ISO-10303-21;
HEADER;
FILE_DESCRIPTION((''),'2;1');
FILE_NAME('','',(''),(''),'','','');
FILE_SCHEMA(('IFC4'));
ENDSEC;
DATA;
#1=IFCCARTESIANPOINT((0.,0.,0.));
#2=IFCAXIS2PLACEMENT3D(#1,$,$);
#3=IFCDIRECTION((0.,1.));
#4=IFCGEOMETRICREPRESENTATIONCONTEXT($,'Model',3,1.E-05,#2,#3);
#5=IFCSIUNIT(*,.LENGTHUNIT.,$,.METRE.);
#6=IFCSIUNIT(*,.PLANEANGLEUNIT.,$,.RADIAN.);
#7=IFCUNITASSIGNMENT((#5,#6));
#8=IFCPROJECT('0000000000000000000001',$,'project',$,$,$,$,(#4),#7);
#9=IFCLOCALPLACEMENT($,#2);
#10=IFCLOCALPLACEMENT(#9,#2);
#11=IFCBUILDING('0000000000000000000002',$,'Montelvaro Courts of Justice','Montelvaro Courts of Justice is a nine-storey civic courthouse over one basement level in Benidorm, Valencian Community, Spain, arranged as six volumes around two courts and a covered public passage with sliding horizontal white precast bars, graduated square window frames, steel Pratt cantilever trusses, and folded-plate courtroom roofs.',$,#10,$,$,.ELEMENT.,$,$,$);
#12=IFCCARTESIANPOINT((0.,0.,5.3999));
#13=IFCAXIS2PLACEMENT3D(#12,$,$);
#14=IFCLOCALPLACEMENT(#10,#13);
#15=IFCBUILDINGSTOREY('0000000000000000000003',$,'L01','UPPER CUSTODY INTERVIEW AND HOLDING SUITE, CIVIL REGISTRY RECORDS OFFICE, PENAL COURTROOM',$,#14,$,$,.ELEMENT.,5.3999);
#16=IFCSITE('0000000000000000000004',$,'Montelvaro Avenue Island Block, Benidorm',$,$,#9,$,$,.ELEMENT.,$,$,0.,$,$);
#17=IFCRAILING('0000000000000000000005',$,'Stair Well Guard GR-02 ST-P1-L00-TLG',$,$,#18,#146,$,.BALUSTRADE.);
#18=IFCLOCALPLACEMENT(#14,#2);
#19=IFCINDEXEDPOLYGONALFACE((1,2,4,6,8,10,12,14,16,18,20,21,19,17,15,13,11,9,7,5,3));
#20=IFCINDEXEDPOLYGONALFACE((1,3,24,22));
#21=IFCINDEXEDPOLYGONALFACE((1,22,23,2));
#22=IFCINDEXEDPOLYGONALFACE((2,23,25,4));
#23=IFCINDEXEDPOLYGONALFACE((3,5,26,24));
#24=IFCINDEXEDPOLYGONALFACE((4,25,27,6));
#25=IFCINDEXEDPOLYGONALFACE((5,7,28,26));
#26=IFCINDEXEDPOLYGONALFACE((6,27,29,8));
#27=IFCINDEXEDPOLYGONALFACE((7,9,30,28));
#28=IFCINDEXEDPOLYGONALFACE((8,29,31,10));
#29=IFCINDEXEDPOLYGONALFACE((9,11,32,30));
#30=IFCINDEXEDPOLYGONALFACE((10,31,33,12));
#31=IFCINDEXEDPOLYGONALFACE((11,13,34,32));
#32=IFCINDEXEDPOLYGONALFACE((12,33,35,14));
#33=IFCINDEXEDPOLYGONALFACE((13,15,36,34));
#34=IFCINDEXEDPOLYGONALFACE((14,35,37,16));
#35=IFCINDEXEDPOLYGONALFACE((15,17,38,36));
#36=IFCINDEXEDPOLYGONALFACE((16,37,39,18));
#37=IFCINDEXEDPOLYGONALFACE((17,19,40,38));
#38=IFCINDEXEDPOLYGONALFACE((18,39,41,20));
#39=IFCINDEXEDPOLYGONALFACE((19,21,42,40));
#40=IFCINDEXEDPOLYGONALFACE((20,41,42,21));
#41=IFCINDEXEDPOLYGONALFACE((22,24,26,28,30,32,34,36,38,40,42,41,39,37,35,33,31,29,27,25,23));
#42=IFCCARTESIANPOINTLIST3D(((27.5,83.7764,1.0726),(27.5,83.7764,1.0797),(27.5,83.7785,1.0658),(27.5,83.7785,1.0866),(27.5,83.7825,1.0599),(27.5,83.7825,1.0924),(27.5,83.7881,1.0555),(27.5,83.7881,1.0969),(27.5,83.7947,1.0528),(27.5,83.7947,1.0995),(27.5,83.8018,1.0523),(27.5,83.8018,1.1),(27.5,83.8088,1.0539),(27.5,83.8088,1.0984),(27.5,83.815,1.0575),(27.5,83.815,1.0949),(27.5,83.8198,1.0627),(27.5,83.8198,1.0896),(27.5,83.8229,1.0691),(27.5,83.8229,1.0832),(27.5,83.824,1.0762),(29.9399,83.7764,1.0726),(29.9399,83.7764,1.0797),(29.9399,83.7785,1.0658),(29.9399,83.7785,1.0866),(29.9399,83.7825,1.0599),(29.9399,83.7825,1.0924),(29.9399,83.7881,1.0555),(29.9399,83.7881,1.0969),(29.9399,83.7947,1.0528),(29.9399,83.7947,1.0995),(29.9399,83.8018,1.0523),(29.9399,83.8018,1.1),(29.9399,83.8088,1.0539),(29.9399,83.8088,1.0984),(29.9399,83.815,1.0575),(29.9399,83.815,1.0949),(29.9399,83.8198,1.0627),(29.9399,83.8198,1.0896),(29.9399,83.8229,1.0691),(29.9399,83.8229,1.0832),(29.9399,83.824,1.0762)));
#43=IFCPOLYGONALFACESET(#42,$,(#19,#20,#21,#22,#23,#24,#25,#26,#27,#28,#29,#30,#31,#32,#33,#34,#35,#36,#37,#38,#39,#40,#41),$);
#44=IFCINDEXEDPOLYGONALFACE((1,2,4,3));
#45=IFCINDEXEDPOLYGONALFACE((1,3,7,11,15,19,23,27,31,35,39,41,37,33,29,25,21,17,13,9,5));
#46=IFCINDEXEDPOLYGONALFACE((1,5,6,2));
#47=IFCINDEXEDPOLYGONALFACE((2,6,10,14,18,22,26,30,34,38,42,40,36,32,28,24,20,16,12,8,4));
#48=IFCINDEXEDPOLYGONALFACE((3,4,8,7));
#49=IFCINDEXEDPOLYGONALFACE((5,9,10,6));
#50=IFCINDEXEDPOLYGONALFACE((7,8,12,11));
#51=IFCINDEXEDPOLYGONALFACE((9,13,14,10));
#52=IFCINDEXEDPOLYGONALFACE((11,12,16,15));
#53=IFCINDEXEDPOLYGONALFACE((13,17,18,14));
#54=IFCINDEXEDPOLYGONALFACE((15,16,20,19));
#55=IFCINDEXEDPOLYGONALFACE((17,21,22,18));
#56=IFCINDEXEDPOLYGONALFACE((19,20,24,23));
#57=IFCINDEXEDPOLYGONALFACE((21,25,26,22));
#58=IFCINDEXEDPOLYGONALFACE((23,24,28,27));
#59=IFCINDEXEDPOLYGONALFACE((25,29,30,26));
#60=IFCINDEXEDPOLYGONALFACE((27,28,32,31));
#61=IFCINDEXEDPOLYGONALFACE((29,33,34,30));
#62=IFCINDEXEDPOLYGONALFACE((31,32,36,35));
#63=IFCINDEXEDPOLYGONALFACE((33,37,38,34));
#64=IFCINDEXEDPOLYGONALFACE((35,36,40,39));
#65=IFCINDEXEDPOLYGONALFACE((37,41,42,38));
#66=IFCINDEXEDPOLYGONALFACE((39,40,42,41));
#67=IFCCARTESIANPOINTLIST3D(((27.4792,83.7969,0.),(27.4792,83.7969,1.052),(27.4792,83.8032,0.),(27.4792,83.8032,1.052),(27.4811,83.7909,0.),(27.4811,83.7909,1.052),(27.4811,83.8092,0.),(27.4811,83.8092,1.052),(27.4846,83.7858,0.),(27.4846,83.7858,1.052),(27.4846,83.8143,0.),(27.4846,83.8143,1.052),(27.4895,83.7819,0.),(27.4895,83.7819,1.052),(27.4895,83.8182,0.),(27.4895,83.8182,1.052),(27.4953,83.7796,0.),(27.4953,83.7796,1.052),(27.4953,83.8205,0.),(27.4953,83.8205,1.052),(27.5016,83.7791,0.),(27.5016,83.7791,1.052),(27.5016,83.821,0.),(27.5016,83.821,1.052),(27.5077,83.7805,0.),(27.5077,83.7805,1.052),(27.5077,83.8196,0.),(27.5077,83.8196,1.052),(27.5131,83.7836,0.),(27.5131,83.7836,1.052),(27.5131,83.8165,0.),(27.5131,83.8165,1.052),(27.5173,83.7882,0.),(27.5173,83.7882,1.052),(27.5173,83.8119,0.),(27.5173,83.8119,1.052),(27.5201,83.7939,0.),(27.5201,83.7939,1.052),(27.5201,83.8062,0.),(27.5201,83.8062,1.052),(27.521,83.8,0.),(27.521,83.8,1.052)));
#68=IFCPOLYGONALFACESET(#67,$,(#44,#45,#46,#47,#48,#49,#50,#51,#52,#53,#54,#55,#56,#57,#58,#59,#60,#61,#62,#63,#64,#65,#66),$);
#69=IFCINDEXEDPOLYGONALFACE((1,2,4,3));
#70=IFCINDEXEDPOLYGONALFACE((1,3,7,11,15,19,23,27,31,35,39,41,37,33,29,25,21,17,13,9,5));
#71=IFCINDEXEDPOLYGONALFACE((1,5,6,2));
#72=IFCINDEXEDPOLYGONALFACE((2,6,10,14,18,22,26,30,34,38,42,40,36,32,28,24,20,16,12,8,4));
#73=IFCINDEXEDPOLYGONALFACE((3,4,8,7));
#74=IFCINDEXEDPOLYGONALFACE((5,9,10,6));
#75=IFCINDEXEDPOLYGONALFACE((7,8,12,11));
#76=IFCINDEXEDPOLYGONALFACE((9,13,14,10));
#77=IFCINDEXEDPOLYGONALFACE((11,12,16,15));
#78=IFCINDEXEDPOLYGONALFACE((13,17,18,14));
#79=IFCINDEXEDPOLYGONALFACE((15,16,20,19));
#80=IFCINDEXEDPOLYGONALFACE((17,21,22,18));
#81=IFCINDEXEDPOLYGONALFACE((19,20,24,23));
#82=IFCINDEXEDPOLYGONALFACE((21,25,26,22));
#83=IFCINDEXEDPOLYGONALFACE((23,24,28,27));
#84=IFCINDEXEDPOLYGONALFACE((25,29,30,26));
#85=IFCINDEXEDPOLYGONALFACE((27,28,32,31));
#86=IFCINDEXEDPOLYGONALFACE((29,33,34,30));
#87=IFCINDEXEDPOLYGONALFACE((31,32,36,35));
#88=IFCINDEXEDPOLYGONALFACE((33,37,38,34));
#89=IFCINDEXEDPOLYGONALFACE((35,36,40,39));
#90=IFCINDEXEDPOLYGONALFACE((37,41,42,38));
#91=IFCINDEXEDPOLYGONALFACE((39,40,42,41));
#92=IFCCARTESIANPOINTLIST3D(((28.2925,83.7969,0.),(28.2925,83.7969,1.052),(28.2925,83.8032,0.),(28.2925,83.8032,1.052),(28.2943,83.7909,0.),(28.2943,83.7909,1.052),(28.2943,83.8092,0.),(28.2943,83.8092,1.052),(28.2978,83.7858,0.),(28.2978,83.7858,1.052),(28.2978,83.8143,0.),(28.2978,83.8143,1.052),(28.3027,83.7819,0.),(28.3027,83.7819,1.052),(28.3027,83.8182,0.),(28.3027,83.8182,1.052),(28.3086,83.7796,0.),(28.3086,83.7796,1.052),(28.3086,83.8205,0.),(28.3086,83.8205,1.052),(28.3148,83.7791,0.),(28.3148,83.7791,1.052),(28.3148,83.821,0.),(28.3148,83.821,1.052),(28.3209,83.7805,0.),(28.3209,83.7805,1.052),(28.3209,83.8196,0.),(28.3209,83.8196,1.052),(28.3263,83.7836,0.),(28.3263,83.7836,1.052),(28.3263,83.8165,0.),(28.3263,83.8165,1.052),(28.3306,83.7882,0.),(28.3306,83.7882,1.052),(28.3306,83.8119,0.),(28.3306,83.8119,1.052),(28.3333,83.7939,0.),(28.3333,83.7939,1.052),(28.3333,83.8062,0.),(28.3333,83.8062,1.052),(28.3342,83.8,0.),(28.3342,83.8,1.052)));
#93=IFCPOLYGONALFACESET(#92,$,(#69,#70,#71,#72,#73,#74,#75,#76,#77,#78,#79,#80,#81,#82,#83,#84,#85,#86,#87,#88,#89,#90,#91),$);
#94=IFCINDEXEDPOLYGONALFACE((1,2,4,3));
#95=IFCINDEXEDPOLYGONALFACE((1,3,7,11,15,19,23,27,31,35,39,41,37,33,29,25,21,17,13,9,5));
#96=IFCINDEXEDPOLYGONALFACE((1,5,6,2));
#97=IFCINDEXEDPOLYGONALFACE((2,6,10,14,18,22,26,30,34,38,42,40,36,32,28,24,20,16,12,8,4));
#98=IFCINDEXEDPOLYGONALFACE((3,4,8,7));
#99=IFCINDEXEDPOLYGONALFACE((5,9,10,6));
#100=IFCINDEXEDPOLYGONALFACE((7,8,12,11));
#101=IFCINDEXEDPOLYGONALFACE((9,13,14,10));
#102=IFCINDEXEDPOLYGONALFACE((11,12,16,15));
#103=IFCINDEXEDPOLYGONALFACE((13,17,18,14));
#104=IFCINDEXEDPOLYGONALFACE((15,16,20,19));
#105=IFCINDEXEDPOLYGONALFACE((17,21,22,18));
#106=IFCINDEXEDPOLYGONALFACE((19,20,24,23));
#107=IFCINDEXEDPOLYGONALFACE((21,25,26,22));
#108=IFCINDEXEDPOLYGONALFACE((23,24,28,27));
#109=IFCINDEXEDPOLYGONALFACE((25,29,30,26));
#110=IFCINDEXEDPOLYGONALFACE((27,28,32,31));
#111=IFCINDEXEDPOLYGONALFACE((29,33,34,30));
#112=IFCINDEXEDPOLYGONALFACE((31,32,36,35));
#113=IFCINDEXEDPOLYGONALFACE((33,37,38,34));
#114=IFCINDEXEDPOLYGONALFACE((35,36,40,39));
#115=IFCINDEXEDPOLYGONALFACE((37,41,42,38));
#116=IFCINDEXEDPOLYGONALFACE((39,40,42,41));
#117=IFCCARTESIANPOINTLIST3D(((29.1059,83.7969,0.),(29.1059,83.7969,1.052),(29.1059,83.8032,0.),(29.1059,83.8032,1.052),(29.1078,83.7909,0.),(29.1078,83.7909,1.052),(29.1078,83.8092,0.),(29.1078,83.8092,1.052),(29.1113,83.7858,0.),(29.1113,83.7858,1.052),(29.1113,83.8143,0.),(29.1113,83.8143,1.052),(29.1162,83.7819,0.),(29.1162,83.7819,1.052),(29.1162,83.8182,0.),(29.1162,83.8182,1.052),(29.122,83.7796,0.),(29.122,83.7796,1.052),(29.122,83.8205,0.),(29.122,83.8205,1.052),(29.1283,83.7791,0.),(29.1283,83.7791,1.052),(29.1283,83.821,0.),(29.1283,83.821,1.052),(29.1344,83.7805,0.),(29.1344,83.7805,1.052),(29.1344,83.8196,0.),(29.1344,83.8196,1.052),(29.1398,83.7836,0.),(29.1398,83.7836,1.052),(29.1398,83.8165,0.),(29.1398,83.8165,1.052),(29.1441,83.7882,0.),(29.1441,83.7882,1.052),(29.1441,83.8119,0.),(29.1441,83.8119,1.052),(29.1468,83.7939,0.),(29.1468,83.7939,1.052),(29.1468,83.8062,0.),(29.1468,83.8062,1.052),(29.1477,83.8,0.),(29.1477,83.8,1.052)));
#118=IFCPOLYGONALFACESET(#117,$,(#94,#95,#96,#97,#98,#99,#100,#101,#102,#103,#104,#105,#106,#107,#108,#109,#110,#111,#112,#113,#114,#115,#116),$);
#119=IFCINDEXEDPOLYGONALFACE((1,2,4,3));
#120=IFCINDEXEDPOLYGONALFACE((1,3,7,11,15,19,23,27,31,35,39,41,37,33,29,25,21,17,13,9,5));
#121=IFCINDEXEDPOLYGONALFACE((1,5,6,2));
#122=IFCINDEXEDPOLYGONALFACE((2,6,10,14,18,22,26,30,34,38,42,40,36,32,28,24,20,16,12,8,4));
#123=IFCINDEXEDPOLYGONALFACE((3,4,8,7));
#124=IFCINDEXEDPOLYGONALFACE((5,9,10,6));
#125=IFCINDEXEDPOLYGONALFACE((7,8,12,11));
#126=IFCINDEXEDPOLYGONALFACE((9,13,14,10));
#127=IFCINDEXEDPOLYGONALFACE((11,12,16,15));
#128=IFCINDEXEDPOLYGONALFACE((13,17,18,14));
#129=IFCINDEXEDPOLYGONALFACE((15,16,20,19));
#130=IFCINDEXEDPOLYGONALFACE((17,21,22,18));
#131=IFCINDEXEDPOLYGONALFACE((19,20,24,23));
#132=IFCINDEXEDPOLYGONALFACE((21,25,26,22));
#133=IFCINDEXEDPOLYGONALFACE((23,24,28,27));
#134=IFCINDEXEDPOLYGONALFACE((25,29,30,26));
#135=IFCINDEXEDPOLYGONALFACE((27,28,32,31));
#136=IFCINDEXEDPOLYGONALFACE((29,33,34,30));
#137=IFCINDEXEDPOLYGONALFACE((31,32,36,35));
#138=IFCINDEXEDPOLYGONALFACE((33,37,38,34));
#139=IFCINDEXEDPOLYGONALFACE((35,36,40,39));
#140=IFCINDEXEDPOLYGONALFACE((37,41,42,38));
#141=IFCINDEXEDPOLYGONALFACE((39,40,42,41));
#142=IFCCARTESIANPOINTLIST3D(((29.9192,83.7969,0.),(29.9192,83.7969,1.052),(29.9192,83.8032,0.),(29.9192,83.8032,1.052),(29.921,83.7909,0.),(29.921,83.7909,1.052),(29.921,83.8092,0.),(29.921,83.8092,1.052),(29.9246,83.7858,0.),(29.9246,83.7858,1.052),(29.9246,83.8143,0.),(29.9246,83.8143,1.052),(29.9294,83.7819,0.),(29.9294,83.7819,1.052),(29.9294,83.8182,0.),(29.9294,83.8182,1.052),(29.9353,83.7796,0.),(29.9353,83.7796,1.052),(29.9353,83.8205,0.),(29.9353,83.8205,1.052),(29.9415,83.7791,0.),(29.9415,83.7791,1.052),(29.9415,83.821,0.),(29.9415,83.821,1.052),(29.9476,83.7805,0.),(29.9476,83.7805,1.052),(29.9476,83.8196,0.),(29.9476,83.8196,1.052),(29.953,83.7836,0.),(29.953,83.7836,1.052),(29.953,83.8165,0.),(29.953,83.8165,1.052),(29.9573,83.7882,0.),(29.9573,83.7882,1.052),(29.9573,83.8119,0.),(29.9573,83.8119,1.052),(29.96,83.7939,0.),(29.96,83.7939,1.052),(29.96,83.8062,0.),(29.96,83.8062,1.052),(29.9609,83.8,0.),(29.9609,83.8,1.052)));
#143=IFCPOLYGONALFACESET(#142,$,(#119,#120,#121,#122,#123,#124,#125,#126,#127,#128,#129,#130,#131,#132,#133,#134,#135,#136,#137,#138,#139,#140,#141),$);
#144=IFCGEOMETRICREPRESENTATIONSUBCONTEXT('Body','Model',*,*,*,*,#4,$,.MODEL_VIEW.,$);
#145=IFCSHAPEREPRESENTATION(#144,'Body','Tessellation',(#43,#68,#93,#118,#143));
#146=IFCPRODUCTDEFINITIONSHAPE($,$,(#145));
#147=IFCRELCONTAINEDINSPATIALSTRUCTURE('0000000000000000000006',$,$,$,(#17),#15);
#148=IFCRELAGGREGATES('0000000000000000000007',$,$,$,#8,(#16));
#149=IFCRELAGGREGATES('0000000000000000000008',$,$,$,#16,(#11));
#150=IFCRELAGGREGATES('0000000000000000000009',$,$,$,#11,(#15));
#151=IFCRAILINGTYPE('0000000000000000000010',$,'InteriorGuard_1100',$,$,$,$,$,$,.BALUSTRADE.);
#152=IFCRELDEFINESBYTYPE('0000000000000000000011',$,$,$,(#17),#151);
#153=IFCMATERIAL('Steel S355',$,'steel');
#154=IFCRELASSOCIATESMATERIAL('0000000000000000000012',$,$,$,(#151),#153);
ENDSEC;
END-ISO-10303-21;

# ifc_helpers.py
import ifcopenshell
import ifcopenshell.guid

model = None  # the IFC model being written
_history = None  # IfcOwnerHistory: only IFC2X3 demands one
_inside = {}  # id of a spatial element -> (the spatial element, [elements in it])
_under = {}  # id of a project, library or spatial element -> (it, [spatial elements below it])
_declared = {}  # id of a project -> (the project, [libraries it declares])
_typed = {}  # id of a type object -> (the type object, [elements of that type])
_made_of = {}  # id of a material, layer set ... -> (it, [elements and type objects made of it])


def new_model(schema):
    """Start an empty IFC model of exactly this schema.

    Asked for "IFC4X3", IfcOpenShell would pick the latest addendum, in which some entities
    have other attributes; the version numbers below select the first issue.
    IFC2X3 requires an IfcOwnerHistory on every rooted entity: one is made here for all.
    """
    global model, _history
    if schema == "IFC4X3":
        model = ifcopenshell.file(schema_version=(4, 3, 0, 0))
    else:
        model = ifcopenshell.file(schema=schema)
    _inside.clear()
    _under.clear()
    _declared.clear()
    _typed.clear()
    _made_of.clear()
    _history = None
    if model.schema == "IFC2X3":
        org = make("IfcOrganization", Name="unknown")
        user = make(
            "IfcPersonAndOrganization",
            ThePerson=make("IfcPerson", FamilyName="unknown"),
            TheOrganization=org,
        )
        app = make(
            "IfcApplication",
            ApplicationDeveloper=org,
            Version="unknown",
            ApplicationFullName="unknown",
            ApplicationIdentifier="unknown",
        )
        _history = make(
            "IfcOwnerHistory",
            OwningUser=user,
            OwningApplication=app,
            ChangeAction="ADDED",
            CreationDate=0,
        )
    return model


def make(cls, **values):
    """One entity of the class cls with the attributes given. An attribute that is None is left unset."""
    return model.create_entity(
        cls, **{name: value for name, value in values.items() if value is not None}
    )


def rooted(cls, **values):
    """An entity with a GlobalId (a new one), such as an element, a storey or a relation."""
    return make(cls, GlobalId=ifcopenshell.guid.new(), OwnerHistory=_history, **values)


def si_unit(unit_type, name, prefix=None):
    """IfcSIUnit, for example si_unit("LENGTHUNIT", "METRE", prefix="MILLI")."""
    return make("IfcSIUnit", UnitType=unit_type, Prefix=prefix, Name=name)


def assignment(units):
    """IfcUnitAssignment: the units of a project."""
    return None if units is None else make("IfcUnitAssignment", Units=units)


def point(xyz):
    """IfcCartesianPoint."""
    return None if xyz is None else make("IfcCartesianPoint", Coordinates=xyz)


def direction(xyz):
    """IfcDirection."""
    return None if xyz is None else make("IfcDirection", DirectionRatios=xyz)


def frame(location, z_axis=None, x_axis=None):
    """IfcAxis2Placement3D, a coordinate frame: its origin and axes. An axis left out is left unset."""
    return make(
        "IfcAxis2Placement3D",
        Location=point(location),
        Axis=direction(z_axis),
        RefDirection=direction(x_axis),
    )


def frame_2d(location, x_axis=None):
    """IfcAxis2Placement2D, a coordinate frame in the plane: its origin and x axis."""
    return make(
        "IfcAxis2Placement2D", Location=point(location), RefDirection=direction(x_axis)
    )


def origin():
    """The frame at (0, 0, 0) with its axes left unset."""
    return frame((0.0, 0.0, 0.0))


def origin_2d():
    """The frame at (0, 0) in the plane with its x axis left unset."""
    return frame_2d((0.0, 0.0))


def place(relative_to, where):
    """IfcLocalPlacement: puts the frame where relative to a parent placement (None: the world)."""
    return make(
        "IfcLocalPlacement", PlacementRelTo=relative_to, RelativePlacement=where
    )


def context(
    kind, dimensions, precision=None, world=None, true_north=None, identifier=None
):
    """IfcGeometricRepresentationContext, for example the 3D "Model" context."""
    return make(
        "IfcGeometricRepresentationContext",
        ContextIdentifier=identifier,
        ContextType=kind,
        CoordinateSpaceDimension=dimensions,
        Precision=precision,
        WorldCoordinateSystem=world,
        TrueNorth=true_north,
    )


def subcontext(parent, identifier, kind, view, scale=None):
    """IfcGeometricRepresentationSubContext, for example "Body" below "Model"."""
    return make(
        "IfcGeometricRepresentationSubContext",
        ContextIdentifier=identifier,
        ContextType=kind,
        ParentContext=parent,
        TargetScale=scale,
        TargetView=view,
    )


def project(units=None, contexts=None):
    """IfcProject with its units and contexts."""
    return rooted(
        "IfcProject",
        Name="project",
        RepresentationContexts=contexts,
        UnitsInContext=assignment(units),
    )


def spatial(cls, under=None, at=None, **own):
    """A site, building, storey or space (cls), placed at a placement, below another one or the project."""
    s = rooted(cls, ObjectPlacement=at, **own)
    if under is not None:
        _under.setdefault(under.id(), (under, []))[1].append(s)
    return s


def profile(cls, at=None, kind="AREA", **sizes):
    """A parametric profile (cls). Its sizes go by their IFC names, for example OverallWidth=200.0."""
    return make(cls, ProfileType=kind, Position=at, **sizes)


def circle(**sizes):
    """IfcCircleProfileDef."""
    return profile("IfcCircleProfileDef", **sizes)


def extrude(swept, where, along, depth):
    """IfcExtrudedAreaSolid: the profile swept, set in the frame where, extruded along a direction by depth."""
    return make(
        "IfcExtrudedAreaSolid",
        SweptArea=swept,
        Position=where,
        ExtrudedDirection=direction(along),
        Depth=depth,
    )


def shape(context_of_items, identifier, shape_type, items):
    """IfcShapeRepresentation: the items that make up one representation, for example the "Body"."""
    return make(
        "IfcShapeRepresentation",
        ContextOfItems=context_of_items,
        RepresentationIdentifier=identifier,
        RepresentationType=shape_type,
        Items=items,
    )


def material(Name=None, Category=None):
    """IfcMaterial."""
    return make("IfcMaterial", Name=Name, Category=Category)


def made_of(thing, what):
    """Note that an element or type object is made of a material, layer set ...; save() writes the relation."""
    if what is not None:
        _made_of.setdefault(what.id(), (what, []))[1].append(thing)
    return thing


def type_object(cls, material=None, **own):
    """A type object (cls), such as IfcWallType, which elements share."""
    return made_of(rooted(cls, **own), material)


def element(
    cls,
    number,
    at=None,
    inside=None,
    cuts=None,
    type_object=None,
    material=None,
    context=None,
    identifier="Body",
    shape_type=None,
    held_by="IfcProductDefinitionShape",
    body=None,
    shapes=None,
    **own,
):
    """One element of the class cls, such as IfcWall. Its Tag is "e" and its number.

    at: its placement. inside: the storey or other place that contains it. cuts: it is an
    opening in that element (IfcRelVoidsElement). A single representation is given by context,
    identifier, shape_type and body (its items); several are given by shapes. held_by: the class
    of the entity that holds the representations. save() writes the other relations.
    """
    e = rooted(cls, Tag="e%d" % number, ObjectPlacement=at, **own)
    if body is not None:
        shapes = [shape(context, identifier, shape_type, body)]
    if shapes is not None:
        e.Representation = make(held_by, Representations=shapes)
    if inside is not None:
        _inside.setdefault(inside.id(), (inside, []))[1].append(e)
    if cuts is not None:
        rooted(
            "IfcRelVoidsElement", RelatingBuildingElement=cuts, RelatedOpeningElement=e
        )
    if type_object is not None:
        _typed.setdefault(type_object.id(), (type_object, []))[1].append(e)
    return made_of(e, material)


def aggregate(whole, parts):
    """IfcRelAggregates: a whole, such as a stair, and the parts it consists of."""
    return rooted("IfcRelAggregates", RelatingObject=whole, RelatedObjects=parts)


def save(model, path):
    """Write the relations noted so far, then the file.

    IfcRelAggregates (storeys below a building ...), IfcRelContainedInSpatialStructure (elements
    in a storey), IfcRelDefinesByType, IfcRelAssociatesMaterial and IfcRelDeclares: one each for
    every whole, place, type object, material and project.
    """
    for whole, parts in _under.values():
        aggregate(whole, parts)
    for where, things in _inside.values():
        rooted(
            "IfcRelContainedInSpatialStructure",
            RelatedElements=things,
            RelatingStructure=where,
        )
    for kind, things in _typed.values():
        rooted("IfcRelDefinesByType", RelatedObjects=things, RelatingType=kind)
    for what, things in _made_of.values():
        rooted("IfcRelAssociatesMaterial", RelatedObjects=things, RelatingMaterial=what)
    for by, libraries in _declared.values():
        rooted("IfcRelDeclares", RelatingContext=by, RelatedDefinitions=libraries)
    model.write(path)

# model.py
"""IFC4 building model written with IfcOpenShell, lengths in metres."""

from ifc_helpers import new_model, si_unit, direction, frame, origin, origin_2d, place, context, subcontext, project, spatial, circle, extrude, material, type_object, element, save


model = new_model("IFC4")

# Units and contexts
model_context = context("Model", 3, precision=1e-05, world=origin(), true_north=direction((0.0, 1.0)))
body_context = subcontext(model_context, "Body", "Model", "MODEL_VIEW")
ifc_project = project(units=[si_unit("LENGTHUNIT", "METRE"), si_unit("PLANEANGLEUNIT", "RADIAN")], contexts=[model_context])

# Site, building, storey
site_placement = place(None, origin())
site = spatial("IfcSite", under=ifc_project, at=site_placement, Name="Montelvaro Avenue Island Block, Benidorm", CompositionType="ELEMENT", RefElevation=0.0)
building_placement = place(site_placement, origin())
building = spatial("IfcBuilding", under=site, at=building_placement, Name="Montelvaro Courts of Justice", Description="Montelvaro Courts of Justice is a nine-storey civic courthouse over one basement level in Benidorm, Valencian Community, Spain, arranged as six volumes around two courts and a covered public passage with sliding horizontal white precast bars, graduated square window frames, steel Pratt cantilever trusses, and folded-plate courtroom roofs.", CompositionType="ELEMENT")
storey_placement = place(building_placement, frame((0.0, 0.0, 5.3999)))
storey = spatial("IfcBuildingStorey", under=building, at=storey_placement, Name="L01", Description="UPPER CUSTODY INTERVIEW AND HOLDING SUITE, CIVIL REGISTRY RECORDS OFFICE, PENAL COURTROOM", CompositionType="ELEMENT", Elevation=5.3999)

# Shared definitions
ifc_material_1 = material(Name="Steel S355", Category="steel")

# Railing
railing_type_1 = type_object("IfcRailingType", Name="InteriorGuard_1100", PredefinedType="BALUSTRADE", material=ifc_material_1)
railing_1_placement = place(storey_placement, frame((27.5, 83.8, 0.0)))
element("IfcRailing", 1, at=railing_1_placement, inside=storey, type_object=railing_type_1, Name="Stair Well Guard GR-02 ST-P1-L00-TLG", PredefinedType="BALUSTRADE", context=body_context, shape_type="SweptSolid", body=[
    extrude(circle(Radius=0.0239, at=origin_2d()), frame((0.0, 0.0, 1.0762), z_axis=(1.0, 0.0, 0.0), x_axis=(0.0, 1.0, 0.0)), (0.0, 0.0, 1.0), 2.4399),
    extrude(circle(Radius=0.021, at=origin_2d()), origin(), (0.0, 0.0, 1.0), 1.052),
    extrude(circle(Radius=0.021, at=origin_2d()), frame((0.8132, 0.0, 0.0)), (0.0, 0.0, 1.0), 1.052),
    extrude(circle(Radius=0.021, at=origin_2d()), frame((1.6267, 0.0, 0.0)), (0.0, 0.0, 1.0), 1.052),
    extrude(circle(Radius=0.021, at=origin_2d()), frame((2.4399, 0.0, 0.0)), (0.0, 0.0, 1.0), 1.052),
])

save(model, "model.ifc")
